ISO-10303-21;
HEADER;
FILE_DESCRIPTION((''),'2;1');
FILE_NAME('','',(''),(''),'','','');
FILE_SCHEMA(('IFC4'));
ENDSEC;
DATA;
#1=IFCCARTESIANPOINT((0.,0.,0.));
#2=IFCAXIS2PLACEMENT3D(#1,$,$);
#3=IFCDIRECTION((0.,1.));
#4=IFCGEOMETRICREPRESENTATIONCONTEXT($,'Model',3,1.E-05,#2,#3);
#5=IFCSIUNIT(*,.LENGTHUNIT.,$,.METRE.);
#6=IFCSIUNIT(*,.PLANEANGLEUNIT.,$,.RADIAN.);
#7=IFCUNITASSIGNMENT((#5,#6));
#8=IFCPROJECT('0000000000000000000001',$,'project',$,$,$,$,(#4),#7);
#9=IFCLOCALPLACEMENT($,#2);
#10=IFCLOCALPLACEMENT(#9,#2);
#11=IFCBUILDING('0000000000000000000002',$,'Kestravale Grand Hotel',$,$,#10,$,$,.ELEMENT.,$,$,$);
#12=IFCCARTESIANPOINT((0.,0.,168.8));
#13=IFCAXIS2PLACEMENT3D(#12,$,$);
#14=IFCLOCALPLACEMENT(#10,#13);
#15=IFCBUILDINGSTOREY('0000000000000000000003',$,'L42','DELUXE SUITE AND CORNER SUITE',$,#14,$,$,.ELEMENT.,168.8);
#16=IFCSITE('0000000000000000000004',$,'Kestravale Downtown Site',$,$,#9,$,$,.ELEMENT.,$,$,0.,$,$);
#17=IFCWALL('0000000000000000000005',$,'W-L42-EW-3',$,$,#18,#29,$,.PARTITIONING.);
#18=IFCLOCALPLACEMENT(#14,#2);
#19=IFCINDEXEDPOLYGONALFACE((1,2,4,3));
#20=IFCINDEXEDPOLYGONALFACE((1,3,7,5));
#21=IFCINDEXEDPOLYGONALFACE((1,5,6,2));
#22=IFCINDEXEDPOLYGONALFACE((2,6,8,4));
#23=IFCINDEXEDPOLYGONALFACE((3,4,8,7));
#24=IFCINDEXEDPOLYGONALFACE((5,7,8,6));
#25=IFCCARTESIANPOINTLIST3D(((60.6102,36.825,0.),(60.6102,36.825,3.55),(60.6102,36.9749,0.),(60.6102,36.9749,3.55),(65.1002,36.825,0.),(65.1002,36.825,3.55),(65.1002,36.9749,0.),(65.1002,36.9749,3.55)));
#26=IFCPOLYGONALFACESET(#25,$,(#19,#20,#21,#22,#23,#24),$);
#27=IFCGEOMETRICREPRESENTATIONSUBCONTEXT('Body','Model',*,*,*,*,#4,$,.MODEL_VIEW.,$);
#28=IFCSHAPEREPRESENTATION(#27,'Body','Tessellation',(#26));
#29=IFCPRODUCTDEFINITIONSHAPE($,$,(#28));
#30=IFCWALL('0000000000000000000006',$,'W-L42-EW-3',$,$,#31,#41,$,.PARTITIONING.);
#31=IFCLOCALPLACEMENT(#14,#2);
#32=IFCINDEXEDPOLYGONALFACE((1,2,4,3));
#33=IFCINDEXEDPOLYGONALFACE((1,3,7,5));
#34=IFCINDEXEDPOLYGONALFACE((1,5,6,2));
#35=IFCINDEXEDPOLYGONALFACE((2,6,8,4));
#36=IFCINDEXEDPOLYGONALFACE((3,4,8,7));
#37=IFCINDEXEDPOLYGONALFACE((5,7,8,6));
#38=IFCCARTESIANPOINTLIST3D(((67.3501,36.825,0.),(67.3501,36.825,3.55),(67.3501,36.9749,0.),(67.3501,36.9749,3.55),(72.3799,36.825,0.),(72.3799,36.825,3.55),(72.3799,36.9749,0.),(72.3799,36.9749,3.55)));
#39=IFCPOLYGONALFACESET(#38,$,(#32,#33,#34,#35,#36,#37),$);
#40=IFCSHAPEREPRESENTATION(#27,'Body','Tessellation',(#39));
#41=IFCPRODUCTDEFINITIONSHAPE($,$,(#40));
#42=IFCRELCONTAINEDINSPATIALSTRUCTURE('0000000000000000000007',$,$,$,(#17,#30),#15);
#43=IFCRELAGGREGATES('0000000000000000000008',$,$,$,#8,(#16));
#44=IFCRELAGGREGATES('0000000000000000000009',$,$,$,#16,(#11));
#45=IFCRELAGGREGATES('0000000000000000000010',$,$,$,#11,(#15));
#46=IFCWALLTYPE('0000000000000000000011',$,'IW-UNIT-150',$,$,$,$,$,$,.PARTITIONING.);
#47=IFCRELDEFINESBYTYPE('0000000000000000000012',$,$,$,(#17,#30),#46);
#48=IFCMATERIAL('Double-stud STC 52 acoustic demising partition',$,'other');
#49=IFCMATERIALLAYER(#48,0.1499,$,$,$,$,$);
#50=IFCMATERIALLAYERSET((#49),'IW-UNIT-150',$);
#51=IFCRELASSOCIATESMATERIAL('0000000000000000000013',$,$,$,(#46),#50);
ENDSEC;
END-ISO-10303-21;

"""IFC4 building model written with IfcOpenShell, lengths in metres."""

from ifc_helpers import new_model, si_unit, direction, frame, frame_2d, origin, place, context, subcontext, project, spatial, rectangle, extrude, material, layer, layer_set, type_object, element, save


model = new_model("IFC4")

# Units and contexts
model_context = context("Model", 3, precision=1e-05, world=origin(), true_north=direction((0.0, 1.0)))
body_context = subcontext(model_context, "Body", "Model", "MODEL_VIEW")
ifc_project = project(units=[si_unit("LENGTHUNIT", "METRE"), si_unit("PLANEANGLEUNIT", "RADIAN")], contexts=[model_context])

# Site, building, storey
site_placement = place(None, origin())
site = spatial("IfcSite", under=ifc_project, at=site_placement, Name="Kestravale Downtown Site", CompositionType="ELEMENT", RefElevation=0.0)
building_placement = place(site_placement, origin())
building = spatial("IfcBuilding", under=site, at=building_placement, Name="Kestravale Grand Hotel", CompositionType="ELEMENT")
storey_placement = place(building_placement, frame((0.0, 0.0, 168.8)))
storey = spatial("IfcBuildingStorey", under=building, at=storey_placement, Name="L42", Description="DELUXE SUITE AND CORNER SUITE", CompositionType="ELEMENT", Elevation=168.8)

# Shared definitions
ifc_material_1 = material(Name="Double-stud STC 52 acoustic demising partition", Category="other")
ifc_layer_1 = layer(ifc_material_1, 0.1499)
ifc_layer_set_1 = layer_set([ifc_layer_1], Name="IW-UNIT-150")
wall_type_1 = type_object("IfcWallType", Name="IW-UNIT-150", PredefinedType="PARTITIONING", material=ifc_layer_set_1)

# Walls
wall_1_placement = place(storey_placement, frame((60.6101, 36.8999, 0.0), z_axis=(0.0, 0.0, 1.0), x_axis=(1.0, 0.0, 0.0)))
element("IfcWall", 1, at=wall_1_placement, inside=storey, type_object=wall_type_1, Name="W-L42-EW-3", PredefinedType="PARTITIONING", context=body_context, shape_type="SweptSolid", body=[
    extrude(rectangle(XDim=4.49, YDim=0.1499, at=frame_2d((2.2451, 0.0))), origin(), (0.0, 0.0, 1.0), 3.55),
])
wall_2_placement = place(storey_placement, frame((67.3501, 36.8999, 0.0), z_axis=(0.0, 0.0, 1.0), x_axis=(1.0, 0.0, 0.0)))
element("IfcWall", 2, at=wall_2_placement, inside=storey, type_object=wall_type_1, Name="W-L42-EW-3", PredefinedType="PARTITIONING", context=body_context, shape_type="SweptSolid", body=[
    extrude(rectangle(XDim=5.0298, YDim=0.1499, at=frame_2d((2.5149, 0.0))), origin(), (0.0, 0.0, 1.0), 3.55),
])

save(model, "model.ifc")
